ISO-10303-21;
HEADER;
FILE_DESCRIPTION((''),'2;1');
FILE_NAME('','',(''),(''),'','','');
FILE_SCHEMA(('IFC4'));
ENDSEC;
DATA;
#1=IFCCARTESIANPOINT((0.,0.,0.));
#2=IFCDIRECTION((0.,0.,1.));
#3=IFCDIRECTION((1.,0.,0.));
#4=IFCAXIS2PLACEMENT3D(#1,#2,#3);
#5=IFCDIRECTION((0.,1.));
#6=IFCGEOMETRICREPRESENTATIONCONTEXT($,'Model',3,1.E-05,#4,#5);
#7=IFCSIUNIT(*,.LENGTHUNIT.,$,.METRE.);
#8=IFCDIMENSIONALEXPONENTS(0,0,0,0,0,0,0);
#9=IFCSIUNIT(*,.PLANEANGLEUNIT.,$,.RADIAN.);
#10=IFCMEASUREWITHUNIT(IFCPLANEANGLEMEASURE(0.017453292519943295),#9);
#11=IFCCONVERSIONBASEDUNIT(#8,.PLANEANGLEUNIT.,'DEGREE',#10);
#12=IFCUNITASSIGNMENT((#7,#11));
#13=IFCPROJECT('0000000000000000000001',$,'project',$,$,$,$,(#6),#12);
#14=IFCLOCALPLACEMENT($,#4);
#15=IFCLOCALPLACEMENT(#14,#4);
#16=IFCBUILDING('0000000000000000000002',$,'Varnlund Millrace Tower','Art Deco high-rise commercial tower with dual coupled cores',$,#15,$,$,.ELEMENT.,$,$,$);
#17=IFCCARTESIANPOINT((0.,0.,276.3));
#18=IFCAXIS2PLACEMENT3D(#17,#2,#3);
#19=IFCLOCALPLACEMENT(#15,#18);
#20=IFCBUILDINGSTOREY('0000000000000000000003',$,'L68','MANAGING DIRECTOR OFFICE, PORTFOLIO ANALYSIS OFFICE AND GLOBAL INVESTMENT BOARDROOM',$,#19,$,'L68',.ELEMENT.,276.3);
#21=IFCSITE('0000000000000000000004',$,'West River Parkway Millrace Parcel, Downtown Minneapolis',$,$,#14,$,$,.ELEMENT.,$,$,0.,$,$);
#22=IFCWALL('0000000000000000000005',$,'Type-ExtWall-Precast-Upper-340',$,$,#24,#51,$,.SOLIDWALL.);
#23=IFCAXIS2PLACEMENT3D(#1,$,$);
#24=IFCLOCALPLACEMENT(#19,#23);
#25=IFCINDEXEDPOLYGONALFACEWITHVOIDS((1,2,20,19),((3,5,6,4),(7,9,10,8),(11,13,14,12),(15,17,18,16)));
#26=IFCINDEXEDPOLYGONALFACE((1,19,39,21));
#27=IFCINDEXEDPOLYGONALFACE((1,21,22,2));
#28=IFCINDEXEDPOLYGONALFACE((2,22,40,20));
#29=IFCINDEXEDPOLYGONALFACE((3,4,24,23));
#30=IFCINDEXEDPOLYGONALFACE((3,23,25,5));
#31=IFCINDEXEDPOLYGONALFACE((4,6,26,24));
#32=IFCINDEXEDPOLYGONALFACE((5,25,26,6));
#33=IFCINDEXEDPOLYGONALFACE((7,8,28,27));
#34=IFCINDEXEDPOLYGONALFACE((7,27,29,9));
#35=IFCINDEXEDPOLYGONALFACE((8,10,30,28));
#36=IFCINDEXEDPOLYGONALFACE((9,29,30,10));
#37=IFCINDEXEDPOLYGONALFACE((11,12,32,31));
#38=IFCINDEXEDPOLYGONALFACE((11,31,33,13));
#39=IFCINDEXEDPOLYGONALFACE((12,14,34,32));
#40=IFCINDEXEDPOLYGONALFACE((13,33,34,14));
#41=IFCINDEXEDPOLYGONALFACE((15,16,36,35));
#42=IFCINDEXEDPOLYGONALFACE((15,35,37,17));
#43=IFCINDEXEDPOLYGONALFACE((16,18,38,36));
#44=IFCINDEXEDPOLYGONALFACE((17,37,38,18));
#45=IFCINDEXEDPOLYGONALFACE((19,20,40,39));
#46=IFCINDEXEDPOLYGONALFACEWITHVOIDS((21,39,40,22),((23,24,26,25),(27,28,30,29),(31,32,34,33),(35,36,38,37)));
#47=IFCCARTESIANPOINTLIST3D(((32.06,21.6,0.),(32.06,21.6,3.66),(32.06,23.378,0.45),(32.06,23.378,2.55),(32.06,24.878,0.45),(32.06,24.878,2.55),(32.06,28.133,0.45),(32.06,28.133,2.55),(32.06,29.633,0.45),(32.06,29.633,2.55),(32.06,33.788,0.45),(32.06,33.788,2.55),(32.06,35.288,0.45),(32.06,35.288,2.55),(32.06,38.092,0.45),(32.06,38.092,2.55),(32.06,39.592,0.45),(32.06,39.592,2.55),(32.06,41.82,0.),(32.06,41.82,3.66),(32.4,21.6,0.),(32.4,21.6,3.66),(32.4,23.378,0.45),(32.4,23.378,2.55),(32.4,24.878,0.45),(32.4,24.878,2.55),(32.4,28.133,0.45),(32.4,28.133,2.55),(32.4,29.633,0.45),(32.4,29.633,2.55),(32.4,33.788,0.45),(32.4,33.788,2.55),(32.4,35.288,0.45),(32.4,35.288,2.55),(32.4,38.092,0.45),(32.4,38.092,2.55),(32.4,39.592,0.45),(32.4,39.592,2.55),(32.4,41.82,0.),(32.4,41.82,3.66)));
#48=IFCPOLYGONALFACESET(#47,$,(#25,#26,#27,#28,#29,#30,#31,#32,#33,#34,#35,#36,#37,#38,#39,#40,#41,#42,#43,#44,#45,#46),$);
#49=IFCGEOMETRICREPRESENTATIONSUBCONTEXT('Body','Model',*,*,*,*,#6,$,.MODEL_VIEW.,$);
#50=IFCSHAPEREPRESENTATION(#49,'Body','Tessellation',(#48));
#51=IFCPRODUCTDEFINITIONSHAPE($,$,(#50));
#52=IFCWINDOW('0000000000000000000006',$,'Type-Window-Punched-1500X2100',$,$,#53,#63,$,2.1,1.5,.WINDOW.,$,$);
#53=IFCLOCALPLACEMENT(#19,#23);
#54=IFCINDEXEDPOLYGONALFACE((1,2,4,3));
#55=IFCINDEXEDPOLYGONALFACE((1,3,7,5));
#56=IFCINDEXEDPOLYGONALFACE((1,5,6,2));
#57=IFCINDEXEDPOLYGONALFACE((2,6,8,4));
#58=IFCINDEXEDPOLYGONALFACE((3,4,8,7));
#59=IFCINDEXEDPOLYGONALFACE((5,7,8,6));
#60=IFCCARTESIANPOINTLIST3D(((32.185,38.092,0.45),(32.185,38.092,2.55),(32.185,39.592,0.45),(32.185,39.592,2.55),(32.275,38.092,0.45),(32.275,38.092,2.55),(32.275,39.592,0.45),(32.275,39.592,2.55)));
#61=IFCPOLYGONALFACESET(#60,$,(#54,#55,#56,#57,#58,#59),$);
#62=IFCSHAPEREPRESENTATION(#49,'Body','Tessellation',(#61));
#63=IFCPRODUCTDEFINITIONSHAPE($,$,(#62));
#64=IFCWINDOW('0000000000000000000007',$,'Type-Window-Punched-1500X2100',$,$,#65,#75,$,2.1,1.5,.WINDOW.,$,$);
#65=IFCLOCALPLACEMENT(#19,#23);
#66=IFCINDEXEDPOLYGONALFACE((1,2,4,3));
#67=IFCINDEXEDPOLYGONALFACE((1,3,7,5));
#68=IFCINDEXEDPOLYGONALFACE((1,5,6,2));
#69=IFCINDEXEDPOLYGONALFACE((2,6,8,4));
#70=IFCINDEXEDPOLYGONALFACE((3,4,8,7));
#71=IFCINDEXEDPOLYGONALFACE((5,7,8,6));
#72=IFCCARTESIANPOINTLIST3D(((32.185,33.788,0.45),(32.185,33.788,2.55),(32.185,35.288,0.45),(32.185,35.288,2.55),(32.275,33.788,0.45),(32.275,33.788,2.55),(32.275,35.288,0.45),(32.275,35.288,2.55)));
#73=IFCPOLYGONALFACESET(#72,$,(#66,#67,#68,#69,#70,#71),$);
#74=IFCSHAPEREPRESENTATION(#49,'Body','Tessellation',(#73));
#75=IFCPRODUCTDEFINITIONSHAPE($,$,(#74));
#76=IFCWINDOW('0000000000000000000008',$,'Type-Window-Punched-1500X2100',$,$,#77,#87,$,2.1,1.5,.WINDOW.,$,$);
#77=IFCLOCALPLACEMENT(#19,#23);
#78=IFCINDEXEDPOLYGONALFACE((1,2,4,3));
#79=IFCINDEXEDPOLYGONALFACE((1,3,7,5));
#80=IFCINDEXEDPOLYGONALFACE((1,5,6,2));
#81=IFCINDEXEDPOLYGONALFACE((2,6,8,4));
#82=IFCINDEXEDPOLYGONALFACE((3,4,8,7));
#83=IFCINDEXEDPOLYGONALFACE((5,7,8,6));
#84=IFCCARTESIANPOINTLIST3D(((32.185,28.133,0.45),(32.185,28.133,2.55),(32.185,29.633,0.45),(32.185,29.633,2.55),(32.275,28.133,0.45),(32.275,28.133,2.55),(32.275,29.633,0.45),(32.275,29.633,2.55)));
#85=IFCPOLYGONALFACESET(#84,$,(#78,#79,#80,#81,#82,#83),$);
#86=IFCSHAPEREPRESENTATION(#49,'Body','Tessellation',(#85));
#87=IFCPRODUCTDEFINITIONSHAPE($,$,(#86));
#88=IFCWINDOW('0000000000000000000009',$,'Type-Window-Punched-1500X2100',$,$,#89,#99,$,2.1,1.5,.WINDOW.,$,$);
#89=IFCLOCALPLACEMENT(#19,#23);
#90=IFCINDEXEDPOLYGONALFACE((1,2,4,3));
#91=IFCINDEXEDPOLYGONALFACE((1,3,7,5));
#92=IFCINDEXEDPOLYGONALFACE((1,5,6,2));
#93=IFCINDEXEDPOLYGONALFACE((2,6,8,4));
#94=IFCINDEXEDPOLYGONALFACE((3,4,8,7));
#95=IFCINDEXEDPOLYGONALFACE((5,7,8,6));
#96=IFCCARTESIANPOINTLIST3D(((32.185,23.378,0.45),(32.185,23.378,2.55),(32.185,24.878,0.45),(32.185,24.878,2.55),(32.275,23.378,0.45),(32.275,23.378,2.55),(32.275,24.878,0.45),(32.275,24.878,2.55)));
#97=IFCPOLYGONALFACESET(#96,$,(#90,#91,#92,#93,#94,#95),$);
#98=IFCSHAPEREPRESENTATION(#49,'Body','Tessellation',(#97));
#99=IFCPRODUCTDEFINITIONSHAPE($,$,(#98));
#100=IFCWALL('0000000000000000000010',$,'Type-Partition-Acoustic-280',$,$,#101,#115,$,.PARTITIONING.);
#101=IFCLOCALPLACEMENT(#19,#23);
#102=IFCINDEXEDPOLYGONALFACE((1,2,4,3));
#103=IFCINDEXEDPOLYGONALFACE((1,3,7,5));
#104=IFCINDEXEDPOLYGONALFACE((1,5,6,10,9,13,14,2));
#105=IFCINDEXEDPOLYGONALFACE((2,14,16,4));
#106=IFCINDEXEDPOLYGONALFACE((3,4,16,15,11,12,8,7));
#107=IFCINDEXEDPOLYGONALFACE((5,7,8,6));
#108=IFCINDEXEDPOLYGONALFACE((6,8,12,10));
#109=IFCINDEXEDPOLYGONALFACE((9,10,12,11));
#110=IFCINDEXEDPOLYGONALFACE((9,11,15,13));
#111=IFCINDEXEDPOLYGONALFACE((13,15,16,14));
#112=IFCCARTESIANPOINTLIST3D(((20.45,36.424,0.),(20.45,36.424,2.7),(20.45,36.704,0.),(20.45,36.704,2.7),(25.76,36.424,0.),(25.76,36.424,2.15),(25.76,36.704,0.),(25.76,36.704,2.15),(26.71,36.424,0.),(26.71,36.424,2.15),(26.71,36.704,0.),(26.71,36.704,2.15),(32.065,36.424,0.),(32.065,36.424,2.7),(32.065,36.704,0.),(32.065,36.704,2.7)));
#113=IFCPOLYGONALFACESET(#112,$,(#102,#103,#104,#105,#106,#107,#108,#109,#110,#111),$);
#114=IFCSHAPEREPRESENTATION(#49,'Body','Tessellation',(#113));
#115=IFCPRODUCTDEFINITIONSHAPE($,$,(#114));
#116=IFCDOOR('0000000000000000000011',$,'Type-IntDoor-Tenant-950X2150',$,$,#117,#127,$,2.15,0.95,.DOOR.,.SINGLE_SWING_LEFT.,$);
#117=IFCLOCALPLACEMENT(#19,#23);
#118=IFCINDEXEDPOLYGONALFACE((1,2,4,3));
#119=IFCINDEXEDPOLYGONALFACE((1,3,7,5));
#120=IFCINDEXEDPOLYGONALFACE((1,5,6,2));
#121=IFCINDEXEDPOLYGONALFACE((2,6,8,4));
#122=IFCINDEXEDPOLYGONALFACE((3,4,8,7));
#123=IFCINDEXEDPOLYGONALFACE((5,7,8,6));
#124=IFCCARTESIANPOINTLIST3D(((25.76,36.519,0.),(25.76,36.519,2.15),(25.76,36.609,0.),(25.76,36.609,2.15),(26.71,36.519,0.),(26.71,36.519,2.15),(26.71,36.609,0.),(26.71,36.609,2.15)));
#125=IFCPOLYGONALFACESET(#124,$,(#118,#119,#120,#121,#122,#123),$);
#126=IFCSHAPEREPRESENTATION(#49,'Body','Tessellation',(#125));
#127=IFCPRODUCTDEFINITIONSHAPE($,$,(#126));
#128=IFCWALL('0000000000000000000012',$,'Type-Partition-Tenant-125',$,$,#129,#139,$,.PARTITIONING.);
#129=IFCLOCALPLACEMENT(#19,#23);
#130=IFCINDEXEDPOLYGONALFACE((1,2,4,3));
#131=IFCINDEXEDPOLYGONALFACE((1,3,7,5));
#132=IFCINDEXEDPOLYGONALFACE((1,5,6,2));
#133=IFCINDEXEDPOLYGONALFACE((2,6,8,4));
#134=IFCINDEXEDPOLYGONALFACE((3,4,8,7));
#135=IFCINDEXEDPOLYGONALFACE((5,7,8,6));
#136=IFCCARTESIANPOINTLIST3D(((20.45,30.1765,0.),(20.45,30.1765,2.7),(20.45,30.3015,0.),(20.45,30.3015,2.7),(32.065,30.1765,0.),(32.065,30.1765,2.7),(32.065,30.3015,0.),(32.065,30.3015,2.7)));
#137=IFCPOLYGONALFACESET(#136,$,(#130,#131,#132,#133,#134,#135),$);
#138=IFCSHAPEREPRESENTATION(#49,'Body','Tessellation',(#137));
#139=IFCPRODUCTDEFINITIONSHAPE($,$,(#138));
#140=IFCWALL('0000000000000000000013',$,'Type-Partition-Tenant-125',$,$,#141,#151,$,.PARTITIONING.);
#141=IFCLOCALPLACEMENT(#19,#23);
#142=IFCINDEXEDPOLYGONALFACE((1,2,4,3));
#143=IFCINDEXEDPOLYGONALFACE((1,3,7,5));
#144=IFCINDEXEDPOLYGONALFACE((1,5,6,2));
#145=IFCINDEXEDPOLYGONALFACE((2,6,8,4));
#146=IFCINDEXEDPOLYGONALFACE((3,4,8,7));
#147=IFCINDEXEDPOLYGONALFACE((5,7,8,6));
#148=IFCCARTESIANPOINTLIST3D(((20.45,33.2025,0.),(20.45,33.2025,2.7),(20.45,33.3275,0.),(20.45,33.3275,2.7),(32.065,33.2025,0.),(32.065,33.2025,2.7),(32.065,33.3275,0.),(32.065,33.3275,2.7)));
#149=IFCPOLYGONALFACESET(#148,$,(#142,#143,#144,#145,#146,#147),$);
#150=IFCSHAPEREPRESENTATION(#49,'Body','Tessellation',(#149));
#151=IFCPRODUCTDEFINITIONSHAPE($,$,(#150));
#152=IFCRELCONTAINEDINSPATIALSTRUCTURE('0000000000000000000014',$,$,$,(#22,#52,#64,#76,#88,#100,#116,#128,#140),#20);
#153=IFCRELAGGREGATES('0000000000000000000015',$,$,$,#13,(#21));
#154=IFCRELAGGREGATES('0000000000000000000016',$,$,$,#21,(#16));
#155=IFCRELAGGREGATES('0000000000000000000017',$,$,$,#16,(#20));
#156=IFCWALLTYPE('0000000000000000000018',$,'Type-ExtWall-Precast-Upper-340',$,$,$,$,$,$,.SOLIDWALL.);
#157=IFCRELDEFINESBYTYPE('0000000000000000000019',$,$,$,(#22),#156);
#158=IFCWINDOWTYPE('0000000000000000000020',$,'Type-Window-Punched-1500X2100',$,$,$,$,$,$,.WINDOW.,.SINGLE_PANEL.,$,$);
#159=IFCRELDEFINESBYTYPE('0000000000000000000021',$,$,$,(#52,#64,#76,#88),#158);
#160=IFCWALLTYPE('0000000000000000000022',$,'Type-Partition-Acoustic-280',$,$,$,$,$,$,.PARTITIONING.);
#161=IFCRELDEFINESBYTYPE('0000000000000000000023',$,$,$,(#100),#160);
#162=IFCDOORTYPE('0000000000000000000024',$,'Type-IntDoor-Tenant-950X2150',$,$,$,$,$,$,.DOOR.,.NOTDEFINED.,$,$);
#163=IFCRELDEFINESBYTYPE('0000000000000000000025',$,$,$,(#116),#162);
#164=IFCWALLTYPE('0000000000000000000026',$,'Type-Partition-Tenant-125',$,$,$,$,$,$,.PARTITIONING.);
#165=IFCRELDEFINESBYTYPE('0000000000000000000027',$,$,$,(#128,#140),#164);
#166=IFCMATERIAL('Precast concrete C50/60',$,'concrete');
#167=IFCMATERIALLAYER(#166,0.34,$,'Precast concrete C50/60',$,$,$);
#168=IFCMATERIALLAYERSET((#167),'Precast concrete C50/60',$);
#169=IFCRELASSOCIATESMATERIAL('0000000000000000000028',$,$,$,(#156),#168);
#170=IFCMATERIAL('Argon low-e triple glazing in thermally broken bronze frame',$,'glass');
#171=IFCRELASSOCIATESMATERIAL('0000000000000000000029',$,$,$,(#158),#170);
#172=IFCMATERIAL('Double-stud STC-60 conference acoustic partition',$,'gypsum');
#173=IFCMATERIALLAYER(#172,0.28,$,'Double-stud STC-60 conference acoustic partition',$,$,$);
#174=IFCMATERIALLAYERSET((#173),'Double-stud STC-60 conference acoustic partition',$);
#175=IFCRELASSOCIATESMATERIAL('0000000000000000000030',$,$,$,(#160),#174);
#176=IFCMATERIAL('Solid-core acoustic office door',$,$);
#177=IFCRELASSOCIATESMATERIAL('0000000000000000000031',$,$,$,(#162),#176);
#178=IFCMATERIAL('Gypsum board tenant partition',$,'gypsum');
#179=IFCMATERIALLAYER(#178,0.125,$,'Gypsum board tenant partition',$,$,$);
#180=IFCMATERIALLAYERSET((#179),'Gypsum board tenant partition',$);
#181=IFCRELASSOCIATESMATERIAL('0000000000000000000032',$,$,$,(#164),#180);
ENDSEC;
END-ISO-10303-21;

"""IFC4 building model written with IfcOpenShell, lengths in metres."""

from ifc_helpers import new_model, entity, si_unit, converted_unit, direction, frame, origin_with_axes, origin_2d_with_axis, place, context, subcontext, project, spatial, polyline, rectangle, outline, extrude, material, layer, layer_set, type_object, element, fill, save


model = new_model("IFC4")

# Units and contexts
model_context = context("Model", 3, precision=1e-05, world=origin_with_axes(), true_north=direction((0.0, 1.0)))
body_context = subcontext(model_context, "Body", "Model", "MODEL_VIEW")
ifc_project = project(units=[si_unit("LENGTHUNIT", "METRE"), converted_unit("PLANEANGLEUNIT", "DEGREE", entity("IfcPlaneAngleMeasure", 0.017453292519943295), si_unit("PLANEANGLEUNIT", "RADIAN"), dimensions=[0, 0, 0, 0, 0, 0, 0])], contexts=[model_context])

# Site, building, storey
site_placement = place(None, origin_with_axes())
site = spatial("IfcSite", under=ifc_project, at=site_placement, Name="West River Parkway Millrace Parcel, Downtown Minneapolis", CompositionType="ELEMENT", RefElevation=0.0)
building_placement = place(site_placement, origin_with_axes())
building = spatial("IfcBuilding", under=site, at=building_placement, Name="Varnlund Millrace Tower", Description="Art Deco high-rise commercial tower with dual coupled cores", CompositionType="ELEMENT")
storey_placement = place(building_placement, frame((0.0, 0.0, 276.3), z_axis=(0.0, 0.0, 1.0), x_axis=(1.0, 0.0, 0.0)))
storey = spatial("IfcBuildingStorey", under=building, at=storey_placement, Name="L68", Description="MANAGING DIRECTOR OFFICE, PORTFOLIO ANALYSIS OFFICE AND GLOBAL INVESTMENT BOARDROOM", LongName="L68", CompositionType="ELEMENT", Elevation=276.3)

# Shared definitions
ifc_material_1 = material(Name="Precast concrete C50/60", Category="concrete")
ifc_layer_1 = layer(ifc_material_1, 0.34, Name="Precast concrete C50/60")
ifc_layer_set_1 = layer_set([ifc_layer_1], Name="Precast concrete C50/60")
wall_type_1 = type_object("IfcWallType", Name="Type-ExtWall-Precast-Upper-340", PredefinedType="SOLIDWALL", material=ifc_layer_set_1)
ifc_material_2 = material(Name="Argon low-e triple glazing in thermally broken bronze frame", Category="glass")
window_type = type_object("IfcWindowType", Name="Type-Window-Punched-1500X2100", PartitioningType="SINGLE_PANEL", PredefinedType="WINDOW", material=ifc_material_2)

# Wall, openings, windows
wall_1_placement = place(storey_placement, frame((32.23, 41.82, 0.0), z_axis=(0.0, 0.0, 1.0), x_axis=(0.0, -1.0, 0.0)))
wall_1 = element("IfcWall", 1, at=wall_1_placement, inside=storey, type_object=wall_type_1, Name="Type-ExtWall-Precast-Upper-340", PredefinedType="SOLIDWALL", context=body_context, shape_type="SweptSolid", body=[
    extrude(outline(polyline([(0.0, -0.17), (20.22, -0.17), (20.22, 0.17), (0.0, 0.17), (0.0, -0.17)])), origin_with_axes(), (0.0, 0.0, 1.0), 3.66),
])
opening_1_placement = place(wall_1_placement, frame((2.978, 0.0, 0.45), z_axis=(0.0, 0.0, 1.0), x_axis=(1.0, 0.0, 0.0)))
opening_1 = element("IfcOpeningElement", 2, at=opening_1_placement, cuts=wall_1, PredefinedType="OPENING", context=body_context, shape_type="SweptSolid", body=[
    extrude(rectangle(XDim=1.5, YDim=0.36, at=origin_2d_with_axis()), origin_with_axes(), (0.0, 0.0, 1.0), 2.1),
])
opening_2_placement = place(wall_1_placement, frame((7.282, 0.0, 0.45), z_axis=(0.0, 0.0, 1.0), x_axis=(1.0, 0.0, 0.0)))
opening_2 = element("IfcOpeningElement", 3, at=opening_2_placement, cuts=wall_1, PredefinedType="OPENING", context=body_context, shape_type="SweptSolid", body=[
    extrude(rectangle(XDim=1.5, YDim=0.36, at=origin_2d_with_axis()), origin_with_axes(), (0.0, 0.0, 1.0), 2.1),
])
opening_3_placement = place(wall_1_placement, frame((12.937, 0.0, 0.45), z_axis=(0.0, 0.0, 1.0), x_axis=(1.0, 0.0, 0.0)))
opening_3 = element("IfcOpeningElement", 4, at=opening_3_placement, cuts=wall_1, PredefinedType="OPENING", context=body_context, shape_type="SweptSolid", body=[
    extrude(rectangle(XDim=1.5, YDim=0.36, at=origin_2d_with_axis()), origin_with_axes(), (0.0, 0.0, 1.0), 2.1),
])
opening_4_placement = place(wall_1_placement, frame((17.692, 0.0, 0.45), z_axis=(0.0, 0.0, 1.0), x_axis=(1.0, 0.0, 0.0)))
opening_4 = element("IfcOpeningElement", 5, at=opening_4_placement, cuts=wall_1, PredefinedType="OPENING", context=body_context, shape_type="SweptSolid", body=[
    extrude(rectangle(XDim=1.5, YDim=0.36, at=origin_2d_with_axis()), origin_with_axes(), (0.0, 0.0, 1.0), 2.1),
])
window_1_placement = place(wall_1_placement, frame((2.978, 0.0, 0.45), z_axis=(0.0, 0.0, 1.0), x_axis=(1.0, 0.0, 0.0)))
window_1 = element("IfcWindow", 6, at=window_1_placement, inside=storey, type_object=window_type, Name="Type-Window-Punched-1500X2100", OverallHeight=2.1, OverallWidth=1.5, PredefinedType="WINDOW", context=body_context, shape_type="SweptSolid", body=[
    extrude(rectangle(XDim=1.5, YDim=0.09, at=origin_2d_with_axis()), origin_with_axes(), (0.0, 0.0, 1.0), 2.1),
])
fill(opening_1, window_1)
window_2_placement = place(wall_1_placement, frame((7.282, 0.0, 0.45), z_axis=(0.0, 0.0, 1.0), x_axis=(1.0, 0.0, 0.0)))
window_2 = element("IfcWindow", 7, at=window_2_placement, inside=storey, type_object=window_type, Name="Type-Window-Punched-1500X2100", OverallHeight=2.1, OverallWidth=1.5, PredefinedType="WINDOW", context=body_context, shape_type="SweptSolid", body=[
    extrude(rectangle(XDim=1.5, YDim=0.09, at=origin_2d_with_axis()), origin_with_axes(), (0.0, 0.0, 1.0), 2.1),
])
fill(opening_2, window_2)
window_3_placement = place(wall_1_placement, frame((12.937, 0.0, 0.45), z_axis=(0.0, 0.0, 1.0), x_axis=(1.0, 0.0, 0.0)))
window_3 = element("IfcWindow", 8, at=window_3_placement, inside=storey, type_object=window_type, Name="Type-Window-Punched-1500X2100", OverallHeight=2.1, OverallWidth=1.5, PredefinedType="WINDOW", context=body_context, shape_type="SweptSolid", body=[
    extrude(rectangle(XDim=1.5, YDim=0.09, at=origin_2d_with_axis()), origin_with_axes(), (0.0, 0.0, 1.0), 2.1),
])
fill(opening_3, window_3)
window_4_placement = place(wall_1_placement, frame((17.692, 0.0, 0.45), z_axis=(0.0, 0.0, 1.0), x_axis=(1.0, 0.0, 0.0)))
window_4 = element("IfcWindow", 9, at=window_4_placement, inside=storey, type_object=window_type, Name="Type-Window-Punched-1500X2100", OverallHeight=2.1, OverallWidth=1.5, PredefinedType="WINDOW", context=body_context, shape_type="SweptSolid", body=[
    extrude(rectangle(XDim=1.5, YDim=0.09, at=origin_2d_with_axis()), origin_with_axes(), (0.0, 0.0, 1.0), 2.1),
])
fill(opening_4, window_4)

# Wall, opening, door
ifc_material_3 = material(Name="Double-stud STC-60 conference acoustic partition", Category="gypsum")
ifc_layer_2 = layer(ifc_material_3, 0.28, Name="Double-stud STC-60 conference acoustic partition")
ifc_layer_set_2 = layer_set([ifc_layer_2], Name="Double-stud STC-60 conference acoustic partition")
wall_type_2 = type_object("IfcWallType", Name="Type-Partition-Acoustic-280", PredefinedType="PARTITIONING", material=ifc_layer_set_2)
wall_2_placement = place(storey_placement, frame((20.45, 36.564, 0.0), z_axis=(0.0, 0.0, 1.0), x_axis=(1.0, 0.0, 0.0)))
wall_2 = element("IfcWall", 10, at=wall_2_placement, inside=storey, type_object=wall_type_2, Name="Type-Partition-Acoustic-280", PredefinedType="PARTITIONING", context=body_context, shape_type="SweptSolid", body=[
    extrude(outline(polyline([(0.0, -0.14), (11.615, -0.14), (11.615, 0.14), (0.0, 0.14), (0.0, -0.14)])), origin_with_axes(), (0.0, 0.0, 1.0), 2.7),
])
opening_5_placement = place(wall_2_placement, frame((5.785, 0.0, 0.0), z_axis=(0.0, 0.0, 1.0), x_axis=(1.0, 0.0, 0.0)))
opening_5 = element("IfcOpeningElement", 11, at=opening_5_placement, cuts=wall_2, PredefinedType="OPENING", context=body_context, shape_type="SweptSolid", body=[
    extrude(rectangle(XDim=0.95, YDim=0.3, at=origin_2d_with_axis()), origin_with_axes(), (0.0, 0.0, 1.0), 2.15),
])
ifc_material_4 = material(Name="Solid-core acoustic office door")
door_type_1 = type_object("IfcDoorType", Name="Type-IntDoor-Tenant-950X2150", OperationType="NOTDEFINED", PredefinedType="DOOR", material=ifc_material_4)
door_1_placement = place(wall_2_placement, frame((5.785, 0.0, 0.0), z_axis=(0.0, 0.0, 1.0), x_axis=(1.0, 0.0, 0.0)))
door_1 = element("IfcDoor", 12, at=door_1_placement, inside=storey, type_object=door_type_1, Name="Type-IntDoor-Tenant-950X2150", OperationType="SINGLE_SWING_LEFT", OverallHeight=2.15, OverallWidth=0.95, PredefinedType="DOOR", context=body_context, shape_type="SweptSolid", body=[
    extrude(rectangle(XDim=0.95, YDim=0.09, at=origin_2d_with_axis()), origin_with_axes(), (0.0, 0.0, 1.0), 2.15),
])
fill(opening_5, door_1)

# Walls
ifc_material_5 = material(Name="Gypsum board tenant partition", Category="gypsum")
ifc_layer_3 = layer(ifc_material_5, 0.125, Name="Gypsum board tenant partition")
ifc_layer_set_3 = layer_set([ifc_layer_3], Name="Gypsum board tenant partition")
wall_type_3 = type_object("IfcWallType", Name="Type-Partition-Tenant-125", PredefinedType="PARTITIONING", material=ifc_layer_set_3)
for number, where, z_axis, x_axis, name in (
    (13, (20.45, 30.239, 0.0), (0.0, 0.0, 1.0), (1.0, 0.0, 0.0), "Type-Partition-Tenant-125"),
    (14, (20.45, 33.265, 0.0), (0.0, 0.0, 1.0), (1.0, 0.0, 0.0), "Type-Partition-Tenant-125"),
):
    element("IfcWall", number, at=place(storey_placement, frame(where, z_axis=z_axis, x_axis=x_axis)), inside=storey, type_object=wall_type_3, Name=name, PredefinedType="PARTITIONING", context=body_context, shape_type="SweptSolid", body=[
        extrude(outline(polyline([(0.0, -0.0625), (11.615, -0.0625), (11.615, 0.0625), (0.0, 0.0625), (0.0, -0.0625)])), origin_with_axes(), (0.0, 0.0, 1.0), 2.7),
    ])

save(model, "model.ifc")
